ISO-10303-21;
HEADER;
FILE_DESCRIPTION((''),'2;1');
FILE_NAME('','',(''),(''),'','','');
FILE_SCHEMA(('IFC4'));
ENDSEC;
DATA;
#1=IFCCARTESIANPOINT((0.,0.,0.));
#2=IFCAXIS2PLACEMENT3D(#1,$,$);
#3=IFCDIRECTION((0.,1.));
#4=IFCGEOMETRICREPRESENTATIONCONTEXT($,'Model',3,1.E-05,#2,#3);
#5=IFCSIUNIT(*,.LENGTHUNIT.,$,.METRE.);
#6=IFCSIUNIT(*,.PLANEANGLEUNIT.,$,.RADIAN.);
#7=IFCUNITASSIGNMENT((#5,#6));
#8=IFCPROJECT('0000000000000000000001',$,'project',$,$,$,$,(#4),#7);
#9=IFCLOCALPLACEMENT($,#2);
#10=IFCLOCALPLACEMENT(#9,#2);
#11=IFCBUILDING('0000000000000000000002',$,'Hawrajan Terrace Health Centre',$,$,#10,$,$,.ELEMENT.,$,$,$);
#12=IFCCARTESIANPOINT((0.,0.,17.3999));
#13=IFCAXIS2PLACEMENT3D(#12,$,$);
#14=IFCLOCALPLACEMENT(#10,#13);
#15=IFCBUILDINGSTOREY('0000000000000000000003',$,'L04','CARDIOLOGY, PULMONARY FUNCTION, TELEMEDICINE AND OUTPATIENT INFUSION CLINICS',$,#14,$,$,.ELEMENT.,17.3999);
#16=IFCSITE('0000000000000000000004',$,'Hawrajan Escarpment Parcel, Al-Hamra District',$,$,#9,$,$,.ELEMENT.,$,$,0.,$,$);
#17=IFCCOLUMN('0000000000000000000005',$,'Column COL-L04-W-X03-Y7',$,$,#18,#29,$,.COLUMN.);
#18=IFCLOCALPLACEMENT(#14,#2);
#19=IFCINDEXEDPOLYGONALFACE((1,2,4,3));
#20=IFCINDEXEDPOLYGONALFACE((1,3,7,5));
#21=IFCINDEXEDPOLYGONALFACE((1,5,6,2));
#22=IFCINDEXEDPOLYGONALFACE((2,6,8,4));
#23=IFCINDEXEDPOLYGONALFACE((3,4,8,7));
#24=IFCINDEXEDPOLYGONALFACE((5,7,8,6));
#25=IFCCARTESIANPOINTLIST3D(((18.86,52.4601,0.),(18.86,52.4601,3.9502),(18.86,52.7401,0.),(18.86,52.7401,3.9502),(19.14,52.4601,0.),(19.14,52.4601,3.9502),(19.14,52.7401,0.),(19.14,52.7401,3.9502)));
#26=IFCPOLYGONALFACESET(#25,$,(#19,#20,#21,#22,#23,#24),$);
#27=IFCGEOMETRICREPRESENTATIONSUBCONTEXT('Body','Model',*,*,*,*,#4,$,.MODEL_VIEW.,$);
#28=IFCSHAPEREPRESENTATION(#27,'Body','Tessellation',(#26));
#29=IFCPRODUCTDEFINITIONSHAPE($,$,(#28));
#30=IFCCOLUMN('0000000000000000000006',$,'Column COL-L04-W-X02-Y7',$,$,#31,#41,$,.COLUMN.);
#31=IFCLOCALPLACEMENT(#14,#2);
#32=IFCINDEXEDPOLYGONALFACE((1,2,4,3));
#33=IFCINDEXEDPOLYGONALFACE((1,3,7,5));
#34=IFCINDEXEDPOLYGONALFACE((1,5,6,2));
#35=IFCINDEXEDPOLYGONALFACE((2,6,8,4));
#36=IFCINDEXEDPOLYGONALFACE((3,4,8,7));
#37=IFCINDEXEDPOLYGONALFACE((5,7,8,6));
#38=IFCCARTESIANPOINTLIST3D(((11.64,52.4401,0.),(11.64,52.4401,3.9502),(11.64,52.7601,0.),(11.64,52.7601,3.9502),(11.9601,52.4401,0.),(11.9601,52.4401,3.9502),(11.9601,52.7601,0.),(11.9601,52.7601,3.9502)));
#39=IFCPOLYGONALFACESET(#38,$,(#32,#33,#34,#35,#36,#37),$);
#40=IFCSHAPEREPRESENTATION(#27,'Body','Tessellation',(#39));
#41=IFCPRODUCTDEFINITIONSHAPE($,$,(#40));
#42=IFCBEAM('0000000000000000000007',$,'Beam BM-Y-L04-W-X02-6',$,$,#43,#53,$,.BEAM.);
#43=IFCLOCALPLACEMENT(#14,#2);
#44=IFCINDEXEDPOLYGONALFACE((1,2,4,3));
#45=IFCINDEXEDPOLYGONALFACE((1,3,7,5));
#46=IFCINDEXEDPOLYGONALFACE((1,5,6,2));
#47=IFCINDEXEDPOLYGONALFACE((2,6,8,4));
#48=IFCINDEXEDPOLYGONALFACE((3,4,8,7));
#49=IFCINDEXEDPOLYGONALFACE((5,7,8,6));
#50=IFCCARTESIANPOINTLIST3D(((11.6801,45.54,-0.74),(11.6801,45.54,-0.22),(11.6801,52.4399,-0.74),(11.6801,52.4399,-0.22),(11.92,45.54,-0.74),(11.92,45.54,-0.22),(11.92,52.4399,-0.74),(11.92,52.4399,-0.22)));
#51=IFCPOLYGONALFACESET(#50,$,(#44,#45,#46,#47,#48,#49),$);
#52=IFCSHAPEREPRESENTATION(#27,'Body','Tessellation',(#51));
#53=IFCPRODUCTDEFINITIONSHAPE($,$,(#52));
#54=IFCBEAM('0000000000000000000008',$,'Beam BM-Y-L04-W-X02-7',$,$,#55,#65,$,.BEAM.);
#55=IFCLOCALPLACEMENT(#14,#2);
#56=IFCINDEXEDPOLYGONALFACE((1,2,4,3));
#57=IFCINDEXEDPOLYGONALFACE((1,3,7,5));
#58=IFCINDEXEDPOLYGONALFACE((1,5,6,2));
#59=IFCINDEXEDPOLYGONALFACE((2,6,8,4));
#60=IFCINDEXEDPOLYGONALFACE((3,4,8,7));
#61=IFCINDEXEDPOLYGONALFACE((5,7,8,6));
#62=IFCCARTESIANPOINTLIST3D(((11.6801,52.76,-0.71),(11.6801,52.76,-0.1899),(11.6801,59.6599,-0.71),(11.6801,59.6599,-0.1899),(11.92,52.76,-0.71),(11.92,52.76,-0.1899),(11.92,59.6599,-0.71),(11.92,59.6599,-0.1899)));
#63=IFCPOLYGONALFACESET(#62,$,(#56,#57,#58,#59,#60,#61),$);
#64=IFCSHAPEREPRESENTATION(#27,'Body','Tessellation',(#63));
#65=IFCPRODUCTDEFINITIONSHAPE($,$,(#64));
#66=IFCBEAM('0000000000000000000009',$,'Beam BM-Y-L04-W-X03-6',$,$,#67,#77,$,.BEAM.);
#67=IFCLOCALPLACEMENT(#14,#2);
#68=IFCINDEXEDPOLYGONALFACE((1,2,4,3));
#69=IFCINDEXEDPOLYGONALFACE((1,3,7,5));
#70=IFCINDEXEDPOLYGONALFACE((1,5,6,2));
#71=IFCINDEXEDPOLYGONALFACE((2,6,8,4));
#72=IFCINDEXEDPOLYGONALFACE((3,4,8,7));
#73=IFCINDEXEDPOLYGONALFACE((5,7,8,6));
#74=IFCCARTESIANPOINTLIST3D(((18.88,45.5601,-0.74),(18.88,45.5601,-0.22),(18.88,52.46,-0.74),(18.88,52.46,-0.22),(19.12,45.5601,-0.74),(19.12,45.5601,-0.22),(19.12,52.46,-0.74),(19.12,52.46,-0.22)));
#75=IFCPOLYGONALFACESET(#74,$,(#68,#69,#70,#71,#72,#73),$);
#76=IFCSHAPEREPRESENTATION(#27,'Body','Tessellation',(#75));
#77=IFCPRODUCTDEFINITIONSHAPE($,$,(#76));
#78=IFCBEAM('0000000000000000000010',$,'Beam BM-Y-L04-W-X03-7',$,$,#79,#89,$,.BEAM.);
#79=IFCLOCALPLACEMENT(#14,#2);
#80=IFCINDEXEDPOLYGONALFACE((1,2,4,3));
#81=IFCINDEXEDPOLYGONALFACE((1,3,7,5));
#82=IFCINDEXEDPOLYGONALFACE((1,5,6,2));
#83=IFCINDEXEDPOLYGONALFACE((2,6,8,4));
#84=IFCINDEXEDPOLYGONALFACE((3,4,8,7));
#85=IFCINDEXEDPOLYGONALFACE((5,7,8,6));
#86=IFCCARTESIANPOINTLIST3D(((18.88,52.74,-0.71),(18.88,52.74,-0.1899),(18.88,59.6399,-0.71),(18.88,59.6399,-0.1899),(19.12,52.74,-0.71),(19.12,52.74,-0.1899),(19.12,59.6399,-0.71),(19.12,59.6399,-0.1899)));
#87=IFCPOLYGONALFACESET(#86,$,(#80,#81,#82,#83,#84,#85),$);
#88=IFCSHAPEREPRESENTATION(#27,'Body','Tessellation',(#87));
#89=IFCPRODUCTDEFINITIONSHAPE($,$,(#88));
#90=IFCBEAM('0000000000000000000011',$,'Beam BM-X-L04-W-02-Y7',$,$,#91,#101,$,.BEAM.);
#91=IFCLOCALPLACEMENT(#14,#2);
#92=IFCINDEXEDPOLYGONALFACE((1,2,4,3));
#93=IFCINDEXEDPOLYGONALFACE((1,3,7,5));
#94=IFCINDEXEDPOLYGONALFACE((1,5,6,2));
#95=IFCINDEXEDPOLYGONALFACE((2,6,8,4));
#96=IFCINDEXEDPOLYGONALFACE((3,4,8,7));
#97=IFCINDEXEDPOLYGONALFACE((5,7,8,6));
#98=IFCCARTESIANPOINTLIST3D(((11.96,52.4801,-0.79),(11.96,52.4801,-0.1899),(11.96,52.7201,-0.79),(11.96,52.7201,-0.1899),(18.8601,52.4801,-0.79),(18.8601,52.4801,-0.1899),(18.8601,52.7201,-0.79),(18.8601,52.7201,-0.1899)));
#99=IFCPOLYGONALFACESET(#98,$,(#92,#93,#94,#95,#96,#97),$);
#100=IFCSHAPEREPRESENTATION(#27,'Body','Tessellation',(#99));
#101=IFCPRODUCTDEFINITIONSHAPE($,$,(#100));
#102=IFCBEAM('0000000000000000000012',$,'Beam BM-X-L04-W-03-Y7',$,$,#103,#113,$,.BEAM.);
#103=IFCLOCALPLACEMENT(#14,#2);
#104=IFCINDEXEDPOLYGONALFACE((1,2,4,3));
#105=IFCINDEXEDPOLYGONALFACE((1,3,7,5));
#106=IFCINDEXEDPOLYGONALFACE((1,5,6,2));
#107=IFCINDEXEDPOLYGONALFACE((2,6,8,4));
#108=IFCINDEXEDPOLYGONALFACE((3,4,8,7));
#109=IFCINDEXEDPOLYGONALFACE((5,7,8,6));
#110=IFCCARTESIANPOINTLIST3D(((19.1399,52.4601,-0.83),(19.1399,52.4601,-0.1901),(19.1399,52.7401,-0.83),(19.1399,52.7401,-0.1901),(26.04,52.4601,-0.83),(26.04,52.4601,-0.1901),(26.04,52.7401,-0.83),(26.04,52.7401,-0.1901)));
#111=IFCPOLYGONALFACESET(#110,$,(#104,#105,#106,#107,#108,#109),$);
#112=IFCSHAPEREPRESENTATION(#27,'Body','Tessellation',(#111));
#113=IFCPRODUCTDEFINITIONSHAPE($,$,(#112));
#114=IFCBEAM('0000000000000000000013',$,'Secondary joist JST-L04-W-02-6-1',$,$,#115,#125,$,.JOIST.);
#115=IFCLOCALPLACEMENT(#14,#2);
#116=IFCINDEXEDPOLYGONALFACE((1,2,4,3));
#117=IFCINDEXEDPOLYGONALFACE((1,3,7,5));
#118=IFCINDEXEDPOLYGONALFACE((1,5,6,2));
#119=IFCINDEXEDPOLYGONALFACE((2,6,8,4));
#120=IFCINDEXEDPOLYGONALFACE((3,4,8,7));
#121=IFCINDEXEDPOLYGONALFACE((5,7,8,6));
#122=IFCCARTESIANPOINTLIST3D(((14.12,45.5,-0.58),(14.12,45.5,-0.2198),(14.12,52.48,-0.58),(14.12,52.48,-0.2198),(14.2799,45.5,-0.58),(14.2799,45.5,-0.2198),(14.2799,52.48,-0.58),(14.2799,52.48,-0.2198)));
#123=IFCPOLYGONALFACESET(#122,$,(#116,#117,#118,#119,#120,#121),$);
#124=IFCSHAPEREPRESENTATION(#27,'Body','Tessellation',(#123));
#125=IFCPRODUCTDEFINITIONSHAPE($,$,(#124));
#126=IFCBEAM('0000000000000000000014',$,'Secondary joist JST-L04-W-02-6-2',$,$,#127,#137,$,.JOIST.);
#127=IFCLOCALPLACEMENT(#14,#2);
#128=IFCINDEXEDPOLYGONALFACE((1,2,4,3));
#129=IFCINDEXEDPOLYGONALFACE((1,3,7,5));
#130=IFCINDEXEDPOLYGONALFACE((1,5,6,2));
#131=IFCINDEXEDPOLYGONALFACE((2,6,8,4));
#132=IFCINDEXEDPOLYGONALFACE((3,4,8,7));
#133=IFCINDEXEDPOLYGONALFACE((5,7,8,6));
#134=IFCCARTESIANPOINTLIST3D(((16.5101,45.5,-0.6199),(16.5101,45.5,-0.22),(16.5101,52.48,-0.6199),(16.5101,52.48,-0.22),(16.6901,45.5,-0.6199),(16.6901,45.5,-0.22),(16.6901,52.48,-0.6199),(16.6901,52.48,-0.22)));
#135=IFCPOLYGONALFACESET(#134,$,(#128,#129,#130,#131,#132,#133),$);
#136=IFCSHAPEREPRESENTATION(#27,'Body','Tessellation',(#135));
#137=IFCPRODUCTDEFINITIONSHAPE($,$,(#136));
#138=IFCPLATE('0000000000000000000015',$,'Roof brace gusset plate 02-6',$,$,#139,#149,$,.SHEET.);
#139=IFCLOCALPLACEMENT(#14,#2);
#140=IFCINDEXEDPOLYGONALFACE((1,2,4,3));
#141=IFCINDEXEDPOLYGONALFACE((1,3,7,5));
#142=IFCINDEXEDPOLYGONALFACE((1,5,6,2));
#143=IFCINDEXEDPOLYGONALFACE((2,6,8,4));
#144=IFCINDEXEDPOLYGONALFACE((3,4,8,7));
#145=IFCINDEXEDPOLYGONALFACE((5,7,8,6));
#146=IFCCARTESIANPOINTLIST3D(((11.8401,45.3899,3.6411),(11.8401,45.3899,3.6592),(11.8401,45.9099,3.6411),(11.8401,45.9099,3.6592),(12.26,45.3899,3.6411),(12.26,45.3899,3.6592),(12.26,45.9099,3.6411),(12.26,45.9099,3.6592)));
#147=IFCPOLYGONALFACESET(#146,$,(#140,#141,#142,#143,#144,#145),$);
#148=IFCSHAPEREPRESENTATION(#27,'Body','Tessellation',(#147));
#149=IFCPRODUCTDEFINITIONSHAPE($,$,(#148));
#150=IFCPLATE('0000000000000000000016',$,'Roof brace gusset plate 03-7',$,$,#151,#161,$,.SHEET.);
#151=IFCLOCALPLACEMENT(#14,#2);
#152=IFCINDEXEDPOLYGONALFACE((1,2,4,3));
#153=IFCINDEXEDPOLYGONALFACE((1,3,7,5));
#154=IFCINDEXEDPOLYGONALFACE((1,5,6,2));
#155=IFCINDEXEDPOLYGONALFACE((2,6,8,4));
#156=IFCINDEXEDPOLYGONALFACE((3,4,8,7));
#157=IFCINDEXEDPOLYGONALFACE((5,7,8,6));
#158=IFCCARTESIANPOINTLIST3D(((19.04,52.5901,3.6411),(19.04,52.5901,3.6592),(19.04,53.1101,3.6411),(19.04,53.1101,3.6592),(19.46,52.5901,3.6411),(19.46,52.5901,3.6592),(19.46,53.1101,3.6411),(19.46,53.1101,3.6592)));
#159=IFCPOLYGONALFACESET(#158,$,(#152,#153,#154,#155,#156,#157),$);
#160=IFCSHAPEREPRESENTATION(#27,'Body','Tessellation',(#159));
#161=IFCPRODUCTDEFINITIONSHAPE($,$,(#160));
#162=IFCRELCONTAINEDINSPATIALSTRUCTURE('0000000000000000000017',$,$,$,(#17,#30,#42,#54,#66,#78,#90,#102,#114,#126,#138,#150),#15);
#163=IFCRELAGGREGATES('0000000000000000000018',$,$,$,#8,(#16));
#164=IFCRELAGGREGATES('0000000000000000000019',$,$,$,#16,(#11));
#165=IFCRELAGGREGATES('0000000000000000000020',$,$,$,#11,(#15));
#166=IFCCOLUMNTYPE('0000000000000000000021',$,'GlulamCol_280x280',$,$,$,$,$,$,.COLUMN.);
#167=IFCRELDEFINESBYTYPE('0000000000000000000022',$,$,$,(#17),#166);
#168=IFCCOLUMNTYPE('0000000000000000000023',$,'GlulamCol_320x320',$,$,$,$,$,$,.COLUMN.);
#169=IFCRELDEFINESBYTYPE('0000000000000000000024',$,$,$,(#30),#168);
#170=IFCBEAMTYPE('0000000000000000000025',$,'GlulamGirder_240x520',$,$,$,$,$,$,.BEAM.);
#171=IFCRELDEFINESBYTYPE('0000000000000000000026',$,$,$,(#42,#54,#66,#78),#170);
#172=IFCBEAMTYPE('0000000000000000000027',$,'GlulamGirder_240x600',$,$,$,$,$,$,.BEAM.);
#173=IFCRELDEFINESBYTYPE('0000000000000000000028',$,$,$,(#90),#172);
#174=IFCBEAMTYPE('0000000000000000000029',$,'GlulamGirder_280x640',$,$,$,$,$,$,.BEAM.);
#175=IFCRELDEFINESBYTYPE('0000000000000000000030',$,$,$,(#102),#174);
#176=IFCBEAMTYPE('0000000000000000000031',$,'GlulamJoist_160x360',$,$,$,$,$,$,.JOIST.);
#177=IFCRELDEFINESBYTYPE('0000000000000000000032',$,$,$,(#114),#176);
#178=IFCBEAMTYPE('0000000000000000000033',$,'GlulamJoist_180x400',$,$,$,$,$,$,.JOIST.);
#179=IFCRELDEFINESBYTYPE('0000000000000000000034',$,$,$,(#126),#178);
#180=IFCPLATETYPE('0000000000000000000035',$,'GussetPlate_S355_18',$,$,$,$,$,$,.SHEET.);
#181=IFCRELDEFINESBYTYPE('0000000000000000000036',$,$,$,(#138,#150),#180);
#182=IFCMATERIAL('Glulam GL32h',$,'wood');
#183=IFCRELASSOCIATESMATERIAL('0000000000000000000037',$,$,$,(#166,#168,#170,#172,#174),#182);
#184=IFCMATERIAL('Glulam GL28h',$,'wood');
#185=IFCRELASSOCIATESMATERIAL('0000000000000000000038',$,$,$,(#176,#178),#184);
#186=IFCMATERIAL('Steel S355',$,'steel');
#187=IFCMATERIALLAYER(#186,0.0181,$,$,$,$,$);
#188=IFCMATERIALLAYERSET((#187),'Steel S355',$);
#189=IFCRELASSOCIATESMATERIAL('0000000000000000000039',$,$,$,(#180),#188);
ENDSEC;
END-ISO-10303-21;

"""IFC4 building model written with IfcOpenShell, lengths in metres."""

from ifc_helpers import new_model, si_unit, direction, frame, origin, origin_2d, place, context, subcontext, project, spatial, rectangle, extrude, material, layer, layer_set, material_profile, profile_set, type_object, element, save


model = new_model("IFC4")

# Units and contexts
model_context = context("Model", 3, precision=1e-05, world=origin(), true_north=direction((0.0, 1.0)))
body_context = subcontext(model_context, "Body", "Model", "MODEL_VIEW")
ifc_project = project(units=[si_unit("LENGTHUNIT", "METRE"), si_unit("PLANEANGLEUNIT", "RADIAN")], contexts=[model_context])

# Site, building, storey
site_placement = place(None, origin())
site = spatial("IfcSite", under=ifc_project, at=site_placement, Name="Hawrajan Escarpment Parcel, Al-Hamra District", CompositionType="ELEMENT", RefElevation=0.0)
building_placement = place(site_placement, origin())
building = spatial("IfcBuilding", under=site, at=building_placement, Name="Hawrajan Terrace Health Centre", CompositionType="ELEMENT")
storey_placement = place(building_placement, frame((0.0, 0.0, 17.3999)))
storey = spatial("IfcBuildingStorey", under=building, at=storey_placement, Name="L04", Description="CARDIOLOGY, PULMONARY FUNCTION, TELEMEDICINE AND OUTPATIENT INFUSION CLINICS", CompositionType="ELEMENT", Elevation=17.3999)

# Columns
ifc_material_1 = material(Name="Glulam GL32h", Category="wood")
ifc_material_profile_1 = material_profile(ifc_material_1, rectangle(XDim=0.28, YDim=0.28, at=origin_2d()), Name="GL 280x280")
ifc_profile_set_1 = profile_set([ifc_material_profile_1], Name="Glulam GL32h")
column_type_1 = type_object("IfcColumnType", Name="GlulamCol_280x280", PredefinedType="COLUMN", material=ifc_profile_set_1)
column_1_placement = place(storey_placement, frame((19.0, 52.6001, 0.0), z_axis=(0.0, 0.0, 1.0), x_axis=(1.0, 0.0, 0.0)))
element("IfcColumn", 1, at=column_1_placement, inside=storey, type_object=column_type_1, Name="Column COL-L04-W-X03-Y7", PredefinedType="COLUMN", context=body_context, shape_type="SweptSolid", body=[
    extrude(rectangle(XDim=0.28, YDim=0.28, at=origin_2d()), origin(), (0.0, 0.0, 1.0), 3.9502),
])
ifc_material_profile_2 = material_profile(ifc_material_1, rectangle(XDim=0.3201, YDim=0.3201, at=origin_2d()), Name="GL 320x320")
ifc_profile_set_2 = profile_set([ifc_material_profile_2], Name="Glulam GL32h")
column_type_2 = type_object("IfcColumnType", Name="GlulamCol_320x320", PredefinedType="COLUMN", material=ifc_profile_set_2)
column_2_placement = place(storey_placement, frame((11.8, 52.6001, 0.0), z_axis=(0.0, 0.0, 1.0), x_axis=(1.0, 0.0, 0.0)))
element("IfcColumn", 2, at=column_2_placement, inside=storey, type_object=column_type_2, Name="Column COL-L04-W-X02-Y7", PredefinedType="COLUMN", context=body_context, shape_type="SweptSolid", body=[
    extrude(rectangle(XDim=0.3201, YDim=0.3201, at=origin_2d()), origin(), (0.0, 0.0, 1.0), 3.9502),
])

# Beams
ifc_material_profile_3 = material_profile(ifc_material_1, rectangle(XDim=0.24, YDim=0.52, at=origin_2d()), Name="GL BM 240x520")
ifc_profile_set_3 = profile_set([ifc_material_profile_3], Name="Glulam GL32h")
beam_type_1 = type_object("IfcBeamType", Name="GlulamGirder_240x520", PredefinedType="BEAM", material=ifc_profile_set_3)
for number, where, z_axis, x_axis, name in (
    (3, (11.8, 45.54, -0.48), (0.0, 1.0, 0.0), (-1.0, 0.0, 0.0), "Beam BM-Y-L04-W-X02-6"),
    (4, (11.8, 52.76, -0.45), (0.0, 1.0, 0.0), (-1.0, 0.0, 0.0), "Beam BM-Y-L04-W-X02-7"),
    (5, (19.0, 45.5601, -0.48), (0.0, 1.0, 0.0), (-1.0, 0.0, 0.0), "Beam BM-Y-L04-W-X03-6"),
    (6, (19.0, 52.74, -0.45), (0.0, 1.0, 0.0), (-1.0, 0.0, 0.0), "Beam BM-Y-L04-W-X03-7"),
):
    element("IfcBeam", number, at=place(storey_placement, frame(where, z_axis=z_axis, x_axis=x_axis)), inside=storey, type_object=beam_type_1, Name=name, PredefinedType="BEAM", context=body_context, shape_type="SweptSolid", body=[
        extrude(rectangle(XDim=0.24, YDim=0.52, at=origin_2d()), origin(), (0.0, 0.0, 1.0), 6.8999),
    ])
ifc_material_profile_4 = material_profile(ifc_material_1, rectangle(XDim=0.24, YDim=0.6001, at=origin_2d()), Name="GL BM 240x600")
ifc_profile_set_4 = profile_set([ifc_material_profile_4], Name="Glulam GL32h")
beam_type_2 = type_object("IfcBeamType", Name="GlulamGirder_240x600", PredefinedType="BEAM", material=ifc_profile_set_4)
beam_1_placement = place(storey_placement, frame((11.96, 52.6001, -0.49), z_axis=(1.0, 0.0, 0.0), x_axis=(0.0, 1.0, 0.0)))
element("IfcBeam", 7, at=beam_1_placement, inside=storey, type_object=beam_type_2, Name="Beam BM-X-L04-W-02-Y7", PredefinedType="BEAM", context=body_context, shape_type="SweptSolid", body=[
    extrude(rectangle(XDim=0.24, YDim=0.6001, at=origin_2d()), origin(), (0.0, 0.0, 1.0), 6.9001),
])
ifc_material_profile_5 = material_profile(ifc_material_1, rectangle(XDim=0.28, YDim=0.6399, at=origin_2d()), Name="GL BM 280x640")
ifc_profile_set_5 = profile_set([ifc_material_profile_5], Name="Glulam GL32h")
beam_type_3 = type_object("IfcBeamType", Name="GlulamGirder_280x640", PredefinedType="BEAM", material=ifc_profile_set_5)
beam_2_placement = place(storey_placement, frame((19.1399, 52.6001, -0.51), z_axis=(1.0, 0.0, 0.0), x_axis=(0.0, 1.0, 0.0)))
element("IfcBeam", 8, at=beam_2_placement, inside=storey, type_object=beam_type_3, Name="Beam BM-X-L04-W-03-Y7", PredefinedType="BEAM", context=body_context, shape_type="SweptSolid", body=[
    extrude(rectangle(XDim=0.28, YDim=0.6399, at=origin_2d()), origin(), (0.0, 0.0, 1.0), 6.9001),
])
ifc_material_2 = material(Name="Glulam GL28h", Category="wood")
ifc_material_profile_6 = material_profile(ifc_material_2, rectangle(XDim=0.1599, YDim=0.3601, at=origin_2d()), Name="GL JST 160x360")
ifc_profile_set_6 = profile_set([ifc_material_profile_6], Name="Glulam GL28h")
beam_type_4 = type_object("IfcBeamType", Name="GlulamJoist_160x360", PredefinedType="JOIST", material=ifc_profile_set_6)
beam_3_placement = place(storey_placement, frame((14.2, 45.5, -0.3999), z_axis=(0.0, 1.0, 0.0), x_axis=(-1.0, 0.0, 0.0)))
element("IfcBeam", 9, at=beam_3_placement, inside=storey, type_object=beam_type_4, Name="Secondary joist JST-L04-W-02-6-1", PredefinedType="JOIST", context=body_context, shape_type="SweptSolid", body=[
    extrude(rectangle(XDim=0.1599, YDim=0.3601, at=origin_2d()), origin(), (0.0, 0.0, 1.0), 6.98),
])
ifc_material_profile_7 = material_profile(ifc_material_2, rectangle(XDim=0.1799, YDim=0.3999, at=origin_2d()), Name="GL JST 180x400")
ifc_profile_set_7 = profile_set([ifc_material_profile_7], Name="Glulam GL28h")
beam_type_5 = type_object("IfcBeamType", Name="GlulamJoist_180x400", PredefinedType="JOIST", material=ifc_profile_set_7)
beam_4_placement = place(storey_placement, frame((16.6001, 45.5, -0.4199), z_axis=(0.0, 1.0, 0.0), x_axis=(-1.0, 0.0, 0.0)))
element("IfcBeam", 10, at=beam_4_placement, inside=storey, type_object=beam_type_5, Name="Secondary joist JST-L04-W-02-6-2", PredefinedType="JOIST", context=body_context, shape_type="SweptSolid", body=[
    extrude(rectangle(XDim=0.1799, YDim=0.3999, at=origin_2d()), origin(), (0.0, 0.0, 1.0), 6.98),
])

# Plates
ifc_material_3 = material(Name="Steel S355", Category="steel")
ifc_layer_1 = layer(ifc_material_3, 0.0181)
ifc_layer_set_1 = layer_set([ifc_layer_1], Name="Steel S355")
plate_type = type_object("IfcPlateType", Name="GussetPlate_S355_18", PredefinedType="SHEET", material=ifc_layer_set_1)
for number, where, z_axis, x_axis, name in (
    (11, (12.05, 45.6499, 3.6411), (0.0, 0.0, 1.0), (1.0, 0.0, 0.0), "Roof brace gusset plate 02-6"),
    (12, (19.25, 52.8501, 3.6411), (0.0, 0.0, 1.0), (1.0, 0.0, 0.0), "Roof brace gusset plate 03-7"),
):
    element("IfcPlate", number, at=place(storey_placement, frame(where, z_axis=z_axis, x_axis=x_axis)), inside=storey, type_object=plate_type, Name=name, PredefinedType="SHEET", context=body_context, shape_type="SweptSolid", body=[
        extrude(rectangle(XDim=0.4199, YDim=0.52, at=origin_2d()), origin(), (0.0, 0.0, 1.0), 0.0181),
    ])

save(model, "model.ifc")
